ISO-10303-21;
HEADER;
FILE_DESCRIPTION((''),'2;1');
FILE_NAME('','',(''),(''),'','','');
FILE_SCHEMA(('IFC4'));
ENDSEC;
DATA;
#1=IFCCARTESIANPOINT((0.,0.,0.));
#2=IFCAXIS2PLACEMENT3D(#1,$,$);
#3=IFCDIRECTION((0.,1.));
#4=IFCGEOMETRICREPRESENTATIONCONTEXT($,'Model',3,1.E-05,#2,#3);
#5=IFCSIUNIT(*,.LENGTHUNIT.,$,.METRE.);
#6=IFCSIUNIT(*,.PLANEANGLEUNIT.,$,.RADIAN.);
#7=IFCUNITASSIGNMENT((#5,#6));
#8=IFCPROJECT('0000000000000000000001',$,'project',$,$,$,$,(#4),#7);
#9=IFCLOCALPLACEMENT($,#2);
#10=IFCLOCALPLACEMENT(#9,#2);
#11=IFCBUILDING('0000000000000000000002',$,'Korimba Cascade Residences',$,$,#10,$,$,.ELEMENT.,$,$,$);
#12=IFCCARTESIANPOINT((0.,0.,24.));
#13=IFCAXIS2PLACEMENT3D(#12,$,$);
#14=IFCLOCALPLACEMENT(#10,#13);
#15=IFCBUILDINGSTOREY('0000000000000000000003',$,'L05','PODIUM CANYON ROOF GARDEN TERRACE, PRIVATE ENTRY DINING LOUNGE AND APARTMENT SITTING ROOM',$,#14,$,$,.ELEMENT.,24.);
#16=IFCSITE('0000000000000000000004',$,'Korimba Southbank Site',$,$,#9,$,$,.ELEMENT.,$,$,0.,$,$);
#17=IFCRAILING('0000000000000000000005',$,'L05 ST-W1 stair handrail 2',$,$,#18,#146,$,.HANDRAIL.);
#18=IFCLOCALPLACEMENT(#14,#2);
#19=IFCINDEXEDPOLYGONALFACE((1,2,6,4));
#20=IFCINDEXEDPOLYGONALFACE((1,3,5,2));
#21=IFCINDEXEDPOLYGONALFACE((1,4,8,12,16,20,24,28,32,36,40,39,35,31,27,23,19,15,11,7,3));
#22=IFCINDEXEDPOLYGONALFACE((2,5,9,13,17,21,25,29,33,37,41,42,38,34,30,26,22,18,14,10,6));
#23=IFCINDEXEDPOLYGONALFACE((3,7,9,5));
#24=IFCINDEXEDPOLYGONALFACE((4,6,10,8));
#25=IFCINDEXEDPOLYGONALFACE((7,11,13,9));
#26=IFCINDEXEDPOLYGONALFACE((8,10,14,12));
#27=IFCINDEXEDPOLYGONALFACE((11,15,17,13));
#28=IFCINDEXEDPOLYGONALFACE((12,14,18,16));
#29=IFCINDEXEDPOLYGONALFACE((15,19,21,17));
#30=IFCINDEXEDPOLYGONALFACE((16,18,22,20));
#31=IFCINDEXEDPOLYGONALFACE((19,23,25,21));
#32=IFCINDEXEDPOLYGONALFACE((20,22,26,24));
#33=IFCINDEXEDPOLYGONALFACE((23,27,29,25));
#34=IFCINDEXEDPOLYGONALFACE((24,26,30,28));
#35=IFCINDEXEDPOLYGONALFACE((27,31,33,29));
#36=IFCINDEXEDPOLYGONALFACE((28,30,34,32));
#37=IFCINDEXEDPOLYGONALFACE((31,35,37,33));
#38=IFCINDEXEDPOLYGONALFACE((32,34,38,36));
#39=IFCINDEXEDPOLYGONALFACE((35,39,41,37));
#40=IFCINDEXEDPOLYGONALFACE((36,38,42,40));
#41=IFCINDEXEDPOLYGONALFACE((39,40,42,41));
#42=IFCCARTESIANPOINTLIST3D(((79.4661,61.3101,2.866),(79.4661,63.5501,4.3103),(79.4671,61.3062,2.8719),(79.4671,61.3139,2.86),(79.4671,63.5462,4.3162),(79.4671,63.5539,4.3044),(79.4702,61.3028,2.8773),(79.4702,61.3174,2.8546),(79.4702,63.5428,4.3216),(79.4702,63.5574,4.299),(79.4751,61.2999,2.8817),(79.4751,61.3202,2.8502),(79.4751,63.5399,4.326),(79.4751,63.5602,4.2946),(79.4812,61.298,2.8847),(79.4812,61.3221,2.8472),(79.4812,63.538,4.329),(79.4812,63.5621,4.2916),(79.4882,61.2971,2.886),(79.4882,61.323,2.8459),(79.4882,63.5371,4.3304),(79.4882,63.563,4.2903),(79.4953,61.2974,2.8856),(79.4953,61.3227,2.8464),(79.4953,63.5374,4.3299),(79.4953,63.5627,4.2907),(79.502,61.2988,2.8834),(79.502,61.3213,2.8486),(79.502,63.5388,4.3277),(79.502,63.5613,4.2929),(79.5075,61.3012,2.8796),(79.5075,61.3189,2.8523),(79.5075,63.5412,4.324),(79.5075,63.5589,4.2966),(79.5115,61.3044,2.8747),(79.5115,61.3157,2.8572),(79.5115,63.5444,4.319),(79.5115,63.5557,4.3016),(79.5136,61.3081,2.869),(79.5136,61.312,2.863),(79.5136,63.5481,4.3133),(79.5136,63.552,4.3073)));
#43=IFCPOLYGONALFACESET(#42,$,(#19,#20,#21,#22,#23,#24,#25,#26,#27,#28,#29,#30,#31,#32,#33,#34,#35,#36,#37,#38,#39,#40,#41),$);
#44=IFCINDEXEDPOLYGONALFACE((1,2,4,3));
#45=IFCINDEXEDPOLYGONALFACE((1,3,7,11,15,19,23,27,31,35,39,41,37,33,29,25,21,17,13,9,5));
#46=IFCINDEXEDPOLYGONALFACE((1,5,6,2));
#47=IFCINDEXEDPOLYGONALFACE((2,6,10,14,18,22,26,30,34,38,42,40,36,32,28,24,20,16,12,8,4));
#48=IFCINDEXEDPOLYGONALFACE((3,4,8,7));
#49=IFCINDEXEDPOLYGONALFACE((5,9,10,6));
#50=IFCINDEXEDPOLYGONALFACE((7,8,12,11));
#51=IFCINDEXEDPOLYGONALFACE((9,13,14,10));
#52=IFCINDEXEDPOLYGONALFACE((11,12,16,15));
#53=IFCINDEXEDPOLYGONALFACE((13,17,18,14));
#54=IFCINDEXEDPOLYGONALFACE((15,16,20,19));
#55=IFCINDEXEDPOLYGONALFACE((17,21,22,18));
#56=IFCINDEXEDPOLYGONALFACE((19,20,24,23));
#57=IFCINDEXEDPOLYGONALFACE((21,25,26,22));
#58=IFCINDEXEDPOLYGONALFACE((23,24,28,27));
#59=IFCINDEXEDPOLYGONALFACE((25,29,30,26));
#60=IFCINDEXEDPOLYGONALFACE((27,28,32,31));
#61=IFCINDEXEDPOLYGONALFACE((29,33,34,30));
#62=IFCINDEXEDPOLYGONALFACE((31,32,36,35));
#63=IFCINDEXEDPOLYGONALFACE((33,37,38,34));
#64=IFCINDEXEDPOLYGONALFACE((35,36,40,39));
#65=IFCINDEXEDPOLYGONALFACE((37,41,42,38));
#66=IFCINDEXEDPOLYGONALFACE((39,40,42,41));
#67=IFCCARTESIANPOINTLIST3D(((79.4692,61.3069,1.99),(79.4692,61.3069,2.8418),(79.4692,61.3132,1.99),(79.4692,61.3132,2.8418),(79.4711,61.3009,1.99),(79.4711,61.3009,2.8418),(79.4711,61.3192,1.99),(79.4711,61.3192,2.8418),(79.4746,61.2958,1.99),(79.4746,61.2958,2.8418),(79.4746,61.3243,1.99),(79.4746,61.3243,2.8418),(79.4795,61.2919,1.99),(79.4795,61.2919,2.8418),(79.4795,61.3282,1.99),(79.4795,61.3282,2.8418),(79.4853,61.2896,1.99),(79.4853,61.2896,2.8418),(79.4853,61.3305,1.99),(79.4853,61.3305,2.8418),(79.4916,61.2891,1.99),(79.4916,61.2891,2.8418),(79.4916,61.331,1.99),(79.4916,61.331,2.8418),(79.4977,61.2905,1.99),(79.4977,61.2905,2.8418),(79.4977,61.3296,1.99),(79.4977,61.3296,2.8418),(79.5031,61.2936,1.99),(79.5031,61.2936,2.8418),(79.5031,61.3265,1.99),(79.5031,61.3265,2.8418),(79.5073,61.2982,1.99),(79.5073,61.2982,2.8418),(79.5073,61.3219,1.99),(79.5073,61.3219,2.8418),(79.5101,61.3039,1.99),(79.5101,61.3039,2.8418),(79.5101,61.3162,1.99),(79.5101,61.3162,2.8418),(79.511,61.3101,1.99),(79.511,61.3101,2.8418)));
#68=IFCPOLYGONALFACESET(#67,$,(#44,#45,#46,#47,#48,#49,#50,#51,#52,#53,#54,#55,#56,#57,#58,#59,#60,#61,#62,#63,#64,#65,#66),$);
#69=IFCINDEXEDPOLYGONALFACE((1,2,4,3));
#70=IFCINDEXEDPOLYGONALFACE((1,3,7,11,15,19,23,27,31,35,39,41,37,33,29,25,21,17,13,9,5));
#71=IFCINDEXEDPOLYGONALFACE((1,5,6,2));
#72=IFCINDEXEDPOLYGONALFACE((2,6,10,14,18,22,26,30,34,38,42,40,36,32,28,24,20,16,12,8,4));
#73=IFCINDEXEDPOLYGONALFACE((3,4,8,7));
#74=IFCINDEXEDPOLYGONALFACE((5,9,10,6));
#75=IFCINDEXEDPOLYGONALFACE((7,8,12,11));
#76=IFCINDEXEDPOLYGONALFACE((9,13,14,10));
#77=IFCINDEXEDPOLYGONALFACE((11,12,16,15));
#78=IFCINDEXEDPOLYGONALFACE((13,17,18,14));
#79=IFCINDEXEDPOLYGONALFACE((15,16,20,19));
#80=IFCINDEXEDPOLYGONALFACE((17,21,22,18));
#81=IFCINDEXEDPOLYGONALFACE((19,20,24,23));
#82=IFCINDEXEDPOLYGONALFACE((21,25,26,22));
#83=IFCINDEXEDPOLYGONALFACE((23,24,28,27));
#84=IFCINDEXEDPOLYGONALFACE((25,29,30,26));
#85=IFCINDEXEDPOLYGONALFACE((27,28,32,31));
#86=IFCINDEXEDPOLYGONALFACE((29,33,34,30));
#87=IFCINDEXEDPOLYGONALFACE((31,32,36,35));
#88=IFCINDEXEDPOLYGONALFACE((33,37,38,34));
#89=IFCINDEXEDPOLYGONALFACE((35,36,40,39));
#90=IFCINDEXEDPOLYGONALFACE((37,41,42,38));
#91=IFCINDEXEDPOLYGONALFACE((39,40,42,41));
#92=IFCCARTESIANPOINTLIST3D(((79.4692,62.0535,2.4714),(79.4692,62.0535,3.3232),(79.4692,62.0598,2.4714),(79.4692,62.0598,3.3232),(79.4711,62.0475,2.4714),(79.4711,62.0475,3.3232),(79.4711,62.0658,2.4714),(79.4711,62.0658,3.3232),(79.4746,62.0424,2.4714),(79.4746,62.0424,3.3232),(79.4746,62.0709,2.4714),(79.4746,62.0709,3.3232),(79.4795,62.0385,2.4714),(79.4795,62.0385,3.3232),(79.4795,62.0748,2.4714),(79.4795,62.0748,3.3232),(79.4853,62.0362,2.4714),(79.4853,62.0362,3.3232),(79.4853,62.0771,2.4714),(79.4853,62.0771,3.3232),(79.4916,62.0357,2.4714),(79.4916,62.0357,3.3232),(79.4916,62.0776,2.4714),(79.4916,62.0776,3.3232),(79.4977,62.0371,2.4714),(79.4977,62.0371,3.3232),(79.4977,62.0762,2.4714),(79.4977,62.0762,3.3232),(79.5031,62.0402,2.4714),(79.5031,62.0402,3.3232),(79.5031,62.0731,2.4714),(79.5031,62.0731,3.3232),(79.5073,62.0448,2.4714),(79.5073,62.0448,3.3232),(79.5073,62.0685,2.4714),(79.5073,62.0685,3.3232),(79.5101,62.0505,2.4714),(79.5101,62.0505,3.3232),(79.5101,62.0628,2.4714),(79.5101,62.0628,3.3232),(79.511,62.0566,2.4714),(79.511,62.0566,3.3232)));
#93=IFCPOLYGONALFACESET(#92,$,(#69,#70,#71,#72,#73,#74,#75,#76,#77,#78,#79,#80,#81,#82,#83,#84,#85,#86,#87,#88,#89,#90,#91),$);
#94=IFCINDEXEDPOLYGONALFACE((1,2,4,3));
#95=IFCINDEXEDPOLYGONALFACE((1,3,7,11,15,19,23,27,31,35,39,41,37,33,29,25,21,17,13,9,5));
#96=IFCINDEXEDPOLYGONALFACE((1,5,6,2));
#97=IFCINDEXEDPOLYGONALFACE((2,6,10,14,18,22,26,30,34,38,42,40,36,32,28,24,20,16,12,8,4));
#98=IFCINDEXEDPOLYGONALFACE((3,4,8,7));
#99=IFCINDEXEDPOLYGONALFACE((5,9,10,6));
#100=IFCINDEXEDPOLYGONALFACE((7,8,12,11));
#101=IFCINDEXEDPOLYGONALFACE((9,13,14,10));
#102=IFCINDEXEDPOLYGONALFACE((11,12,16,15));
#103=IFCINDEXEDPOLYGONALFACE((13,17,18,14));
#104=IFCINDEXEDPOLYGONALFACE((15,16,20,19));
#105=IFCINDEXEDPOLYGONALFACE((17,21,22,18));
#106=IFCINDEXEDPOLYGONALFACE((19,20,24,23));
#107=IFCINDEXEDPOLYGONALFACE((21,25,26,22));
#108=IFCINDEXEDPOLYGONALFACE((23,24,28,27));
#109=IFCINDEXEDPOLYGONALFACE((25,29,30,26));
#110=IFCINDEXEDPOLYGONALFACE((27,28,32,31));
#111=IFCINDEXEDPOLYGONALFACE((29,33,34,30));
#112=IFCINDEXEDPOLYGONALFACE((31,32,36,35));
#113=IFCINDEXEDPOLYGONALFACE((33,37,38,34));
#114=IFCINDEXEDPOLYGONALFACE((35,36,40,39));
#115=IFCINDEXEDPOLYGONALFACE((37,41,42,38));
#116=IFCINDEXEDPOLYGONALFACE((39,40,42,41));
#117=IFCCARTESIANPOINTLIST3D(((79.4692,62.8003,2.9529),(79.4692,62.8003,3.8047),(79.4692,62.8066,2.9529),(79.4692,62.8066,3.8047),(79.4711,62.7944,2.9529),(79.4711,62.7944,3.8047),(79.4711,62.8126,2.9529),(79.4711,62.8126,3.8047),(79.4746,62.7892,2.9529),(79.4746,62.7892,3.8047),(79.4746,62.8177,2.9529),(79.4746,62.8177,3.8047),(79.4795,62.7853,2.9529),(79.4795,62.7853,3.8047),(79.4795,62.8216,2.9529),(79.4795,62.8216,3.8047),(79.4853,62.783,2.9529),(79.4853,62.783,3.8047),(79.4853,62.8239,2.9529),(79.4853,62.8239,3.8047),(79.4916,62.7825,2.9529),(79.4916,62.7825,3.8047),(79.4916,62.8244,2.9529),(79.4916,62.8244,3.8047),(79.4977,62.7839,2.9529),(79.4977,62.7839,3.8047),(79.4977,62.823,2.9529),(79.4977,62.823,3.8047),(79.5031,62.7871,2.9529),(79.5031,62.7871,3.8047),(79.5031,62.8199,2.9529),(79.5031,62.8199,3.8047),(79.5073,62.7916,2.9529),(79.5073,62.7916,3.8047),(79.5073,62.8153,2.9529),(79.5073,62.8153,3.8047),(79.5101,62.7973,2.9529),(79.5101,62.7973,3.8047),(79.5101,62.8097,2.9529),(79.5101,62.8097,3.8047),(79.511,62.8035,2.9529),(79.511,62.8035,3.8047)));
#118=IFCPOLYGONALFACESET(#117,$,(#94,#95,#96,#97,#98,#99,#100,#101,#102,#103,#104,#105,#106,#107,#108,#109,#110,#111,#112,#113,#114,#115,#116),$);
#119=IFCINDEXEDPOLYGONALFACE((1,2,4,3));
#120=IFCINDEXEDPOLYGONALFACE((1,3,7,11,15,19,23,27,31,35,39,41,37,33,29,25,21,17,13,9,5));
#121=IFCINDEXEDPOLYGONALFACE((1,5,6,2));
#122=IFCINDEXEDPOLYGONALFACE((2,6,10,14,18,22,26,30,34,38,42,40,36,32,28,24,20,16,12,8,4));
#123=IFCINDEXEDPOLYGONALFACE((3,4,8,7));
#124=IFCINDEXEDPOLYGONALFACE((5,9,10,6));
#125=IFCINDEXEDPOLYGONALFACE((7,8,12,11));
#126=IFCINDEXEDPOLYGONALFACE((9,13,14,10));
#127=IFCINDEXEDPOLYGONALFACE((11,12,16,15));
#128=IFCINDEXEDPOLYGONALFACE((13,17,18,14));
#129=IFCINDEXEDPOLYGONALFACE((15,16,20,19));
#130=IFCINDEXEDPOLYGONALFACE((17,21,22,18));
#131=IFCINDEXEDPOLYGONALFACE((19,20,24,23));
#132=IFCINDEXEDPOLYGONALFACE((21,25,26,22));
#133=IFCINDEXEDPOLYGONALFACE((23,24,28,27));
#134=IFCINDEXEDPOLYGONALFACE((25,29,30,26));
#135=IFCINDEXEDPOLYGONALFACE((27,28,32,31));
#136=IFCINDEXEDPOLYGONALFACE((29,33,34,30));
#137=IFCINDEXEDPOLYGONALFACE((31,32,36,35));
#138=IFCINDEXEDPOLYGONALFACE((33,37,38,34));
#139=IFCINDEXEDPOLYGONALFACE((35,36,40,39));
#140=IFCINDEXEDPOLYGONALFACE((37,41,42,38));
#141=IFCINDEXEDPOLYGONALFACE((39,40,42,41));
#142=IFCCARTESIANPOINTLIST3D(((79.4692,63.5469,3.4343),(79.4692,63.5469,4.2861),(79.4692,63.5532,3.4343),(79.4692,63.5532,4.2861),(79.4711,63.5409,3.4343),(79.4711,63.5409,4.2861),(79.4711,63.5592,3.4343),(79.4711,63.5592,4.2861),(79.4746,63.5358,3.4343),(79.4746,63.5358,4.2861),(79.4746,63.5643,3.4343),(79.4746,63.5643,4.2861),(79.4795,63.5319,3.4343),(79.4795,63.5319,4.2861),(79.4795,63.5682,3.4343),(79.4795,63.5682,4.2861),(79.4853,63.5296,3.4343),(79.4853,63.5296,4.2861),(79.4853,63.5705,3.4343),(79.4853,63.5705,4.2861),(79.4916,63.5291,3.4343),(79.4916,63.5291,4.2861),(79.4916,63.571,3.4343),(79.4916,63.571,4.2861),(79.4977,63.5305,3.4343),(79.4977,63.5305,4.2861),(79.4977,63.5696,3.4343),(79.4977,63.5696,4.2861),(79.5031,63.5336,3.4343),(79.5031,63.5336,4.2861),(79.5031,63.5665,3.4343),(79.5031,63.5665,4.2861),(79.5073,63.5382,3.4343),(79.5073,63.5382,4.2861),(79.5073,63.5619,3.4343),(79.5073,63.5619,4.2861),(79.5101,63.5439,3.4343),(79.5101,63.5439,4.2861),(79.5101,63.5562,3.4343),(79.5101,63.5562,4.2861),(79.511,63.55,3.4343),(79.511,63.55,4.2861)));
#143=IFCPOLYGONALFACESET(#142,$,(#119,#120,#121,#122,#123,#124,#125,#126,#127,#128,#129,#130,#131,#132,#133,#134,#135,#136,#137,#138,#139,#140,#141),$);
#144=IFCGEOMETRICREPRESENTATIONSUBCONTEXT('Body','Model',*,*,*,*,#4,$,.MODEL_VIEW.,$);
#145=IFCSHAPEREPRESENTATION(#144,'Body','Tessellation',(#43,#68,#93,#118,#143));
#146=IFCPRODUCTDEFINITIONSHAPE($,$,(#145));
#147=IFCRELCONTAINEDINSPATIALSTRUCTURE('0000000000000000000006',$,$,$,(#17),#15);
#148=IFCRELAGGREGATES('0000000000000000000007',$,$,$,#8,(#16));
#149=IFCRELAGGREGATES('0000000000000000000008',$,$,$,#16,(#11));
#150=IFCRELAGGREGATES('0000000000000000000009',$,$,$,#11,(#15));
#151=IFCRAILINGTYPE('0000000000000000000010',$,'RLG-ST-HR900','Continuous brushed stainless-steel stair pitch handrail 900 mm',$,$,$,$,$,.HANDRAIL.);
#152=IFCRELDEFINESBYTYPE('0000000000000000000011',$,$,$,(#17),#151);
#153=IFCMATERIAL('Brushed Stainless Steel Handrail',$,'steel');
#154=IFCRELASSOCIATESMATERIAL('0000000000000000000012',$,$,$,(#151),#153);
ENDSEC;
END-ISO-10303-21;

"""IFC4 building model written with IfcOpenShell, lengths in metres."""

from ifc_helpers import new_model, si_unit, direction, frame, origin, origin_2d, place, context, subcontext, project, spatial, circle, extrude, material, type_object, element, save


model = new_model("IFC4")

# Units and contexts
model_context = context("Model", 3, precision=1e-05, world=origin(), true_north=direction((0.0, 1.0)))
body_context = subcontext(model_context, "Body", "Model", "MODEL_VIEW")
ifc_project = project(units=[si_unit("LENGTHUNIT", "METRE"), si_unit("PLANEANGLEUNIT", "RADIAN")], contexts=[model_context])

# Site, building, storey
site_placement = place(None, origin())
site = spatial("IfcSite", under=ifc_project, at=site_placement, Name="Korimba Southbank Site", CompositionType="ELEMENT", RefElevation=0.0)
building_placement = place(site_placement, origin())
building = spatial("IfcBuilding", under=site, at=building_placement, Name="Korimba Cascade Residences", CompositionType="ELEMENT")
storey_placement = place(building_placement, frame((0.0, 0.0, 24.0)))
storey = spatial("IfcBuildingStorey", under=building, at=storey_placement, Name="L05", Description="PODIUM CANYON ROOF GARDEN TERRACE, PRIVATE ENTRY DINING LOUNGE AND APARTMENT SITTING ROOM", CompositionType="ELEMENT", Elevation=24.0)

# Railing
ifc_material_1 = material(Name="Brushed Stainless Steel Handrail", Category="steel")
railing_type_1 = type_object("IfcRailingType", Name="RLG-ST-HR900", Description="Continuous brushed stainless-steel stair pitch handrail 900 mm", PredefinedType="HANDRAIL", material=ifc_material_1)
railing_1_placement = place(storey_placement, frame((79.49, 61.3101, 1.99)))
element("IfcRailing", 1, at=railing_1_placement, inside=storey, type_object=railing_type_1, Name="L05 ST-W1 stair handrail 2", PredefinedType="HANDRAIL", context=body_context, shape_type="SweptSolid", body=[
    extrude(circle(Radius=0.0239, at=origin_2d()), frame((0.0, 0.0, 0.876), z_axis=(0.0, 0.840437, 0.54191), x_axis=(-1.0, 0.0, 0.0)), (0.0, 0.0, 1.0), 2.6653),
    extrude(circle(Radius=0.021, at=origin_2d()), origin(), (0.0, 0.0, 1.0), 0.8518),
    extrude(circle(Radius=0.021, at=origin_2d()), frame((0.0, 0.7466, 0.4814)), (0.0, 0.0, 1.0), 0.8518),
    extrude(circle(Radius=0.021, at=origin_2d()), frame((0.0, 1.4934, 0.9629)), (0.0, 0.0, 1.0), 0.8518),
    extrude(circle(Radius=0.021, at=origin_2d()), frame((0.0, 2.24, 1.4443)), (0.0, 0.0, 1.0), 0.8518),
])

save(model, "model.ifc")
